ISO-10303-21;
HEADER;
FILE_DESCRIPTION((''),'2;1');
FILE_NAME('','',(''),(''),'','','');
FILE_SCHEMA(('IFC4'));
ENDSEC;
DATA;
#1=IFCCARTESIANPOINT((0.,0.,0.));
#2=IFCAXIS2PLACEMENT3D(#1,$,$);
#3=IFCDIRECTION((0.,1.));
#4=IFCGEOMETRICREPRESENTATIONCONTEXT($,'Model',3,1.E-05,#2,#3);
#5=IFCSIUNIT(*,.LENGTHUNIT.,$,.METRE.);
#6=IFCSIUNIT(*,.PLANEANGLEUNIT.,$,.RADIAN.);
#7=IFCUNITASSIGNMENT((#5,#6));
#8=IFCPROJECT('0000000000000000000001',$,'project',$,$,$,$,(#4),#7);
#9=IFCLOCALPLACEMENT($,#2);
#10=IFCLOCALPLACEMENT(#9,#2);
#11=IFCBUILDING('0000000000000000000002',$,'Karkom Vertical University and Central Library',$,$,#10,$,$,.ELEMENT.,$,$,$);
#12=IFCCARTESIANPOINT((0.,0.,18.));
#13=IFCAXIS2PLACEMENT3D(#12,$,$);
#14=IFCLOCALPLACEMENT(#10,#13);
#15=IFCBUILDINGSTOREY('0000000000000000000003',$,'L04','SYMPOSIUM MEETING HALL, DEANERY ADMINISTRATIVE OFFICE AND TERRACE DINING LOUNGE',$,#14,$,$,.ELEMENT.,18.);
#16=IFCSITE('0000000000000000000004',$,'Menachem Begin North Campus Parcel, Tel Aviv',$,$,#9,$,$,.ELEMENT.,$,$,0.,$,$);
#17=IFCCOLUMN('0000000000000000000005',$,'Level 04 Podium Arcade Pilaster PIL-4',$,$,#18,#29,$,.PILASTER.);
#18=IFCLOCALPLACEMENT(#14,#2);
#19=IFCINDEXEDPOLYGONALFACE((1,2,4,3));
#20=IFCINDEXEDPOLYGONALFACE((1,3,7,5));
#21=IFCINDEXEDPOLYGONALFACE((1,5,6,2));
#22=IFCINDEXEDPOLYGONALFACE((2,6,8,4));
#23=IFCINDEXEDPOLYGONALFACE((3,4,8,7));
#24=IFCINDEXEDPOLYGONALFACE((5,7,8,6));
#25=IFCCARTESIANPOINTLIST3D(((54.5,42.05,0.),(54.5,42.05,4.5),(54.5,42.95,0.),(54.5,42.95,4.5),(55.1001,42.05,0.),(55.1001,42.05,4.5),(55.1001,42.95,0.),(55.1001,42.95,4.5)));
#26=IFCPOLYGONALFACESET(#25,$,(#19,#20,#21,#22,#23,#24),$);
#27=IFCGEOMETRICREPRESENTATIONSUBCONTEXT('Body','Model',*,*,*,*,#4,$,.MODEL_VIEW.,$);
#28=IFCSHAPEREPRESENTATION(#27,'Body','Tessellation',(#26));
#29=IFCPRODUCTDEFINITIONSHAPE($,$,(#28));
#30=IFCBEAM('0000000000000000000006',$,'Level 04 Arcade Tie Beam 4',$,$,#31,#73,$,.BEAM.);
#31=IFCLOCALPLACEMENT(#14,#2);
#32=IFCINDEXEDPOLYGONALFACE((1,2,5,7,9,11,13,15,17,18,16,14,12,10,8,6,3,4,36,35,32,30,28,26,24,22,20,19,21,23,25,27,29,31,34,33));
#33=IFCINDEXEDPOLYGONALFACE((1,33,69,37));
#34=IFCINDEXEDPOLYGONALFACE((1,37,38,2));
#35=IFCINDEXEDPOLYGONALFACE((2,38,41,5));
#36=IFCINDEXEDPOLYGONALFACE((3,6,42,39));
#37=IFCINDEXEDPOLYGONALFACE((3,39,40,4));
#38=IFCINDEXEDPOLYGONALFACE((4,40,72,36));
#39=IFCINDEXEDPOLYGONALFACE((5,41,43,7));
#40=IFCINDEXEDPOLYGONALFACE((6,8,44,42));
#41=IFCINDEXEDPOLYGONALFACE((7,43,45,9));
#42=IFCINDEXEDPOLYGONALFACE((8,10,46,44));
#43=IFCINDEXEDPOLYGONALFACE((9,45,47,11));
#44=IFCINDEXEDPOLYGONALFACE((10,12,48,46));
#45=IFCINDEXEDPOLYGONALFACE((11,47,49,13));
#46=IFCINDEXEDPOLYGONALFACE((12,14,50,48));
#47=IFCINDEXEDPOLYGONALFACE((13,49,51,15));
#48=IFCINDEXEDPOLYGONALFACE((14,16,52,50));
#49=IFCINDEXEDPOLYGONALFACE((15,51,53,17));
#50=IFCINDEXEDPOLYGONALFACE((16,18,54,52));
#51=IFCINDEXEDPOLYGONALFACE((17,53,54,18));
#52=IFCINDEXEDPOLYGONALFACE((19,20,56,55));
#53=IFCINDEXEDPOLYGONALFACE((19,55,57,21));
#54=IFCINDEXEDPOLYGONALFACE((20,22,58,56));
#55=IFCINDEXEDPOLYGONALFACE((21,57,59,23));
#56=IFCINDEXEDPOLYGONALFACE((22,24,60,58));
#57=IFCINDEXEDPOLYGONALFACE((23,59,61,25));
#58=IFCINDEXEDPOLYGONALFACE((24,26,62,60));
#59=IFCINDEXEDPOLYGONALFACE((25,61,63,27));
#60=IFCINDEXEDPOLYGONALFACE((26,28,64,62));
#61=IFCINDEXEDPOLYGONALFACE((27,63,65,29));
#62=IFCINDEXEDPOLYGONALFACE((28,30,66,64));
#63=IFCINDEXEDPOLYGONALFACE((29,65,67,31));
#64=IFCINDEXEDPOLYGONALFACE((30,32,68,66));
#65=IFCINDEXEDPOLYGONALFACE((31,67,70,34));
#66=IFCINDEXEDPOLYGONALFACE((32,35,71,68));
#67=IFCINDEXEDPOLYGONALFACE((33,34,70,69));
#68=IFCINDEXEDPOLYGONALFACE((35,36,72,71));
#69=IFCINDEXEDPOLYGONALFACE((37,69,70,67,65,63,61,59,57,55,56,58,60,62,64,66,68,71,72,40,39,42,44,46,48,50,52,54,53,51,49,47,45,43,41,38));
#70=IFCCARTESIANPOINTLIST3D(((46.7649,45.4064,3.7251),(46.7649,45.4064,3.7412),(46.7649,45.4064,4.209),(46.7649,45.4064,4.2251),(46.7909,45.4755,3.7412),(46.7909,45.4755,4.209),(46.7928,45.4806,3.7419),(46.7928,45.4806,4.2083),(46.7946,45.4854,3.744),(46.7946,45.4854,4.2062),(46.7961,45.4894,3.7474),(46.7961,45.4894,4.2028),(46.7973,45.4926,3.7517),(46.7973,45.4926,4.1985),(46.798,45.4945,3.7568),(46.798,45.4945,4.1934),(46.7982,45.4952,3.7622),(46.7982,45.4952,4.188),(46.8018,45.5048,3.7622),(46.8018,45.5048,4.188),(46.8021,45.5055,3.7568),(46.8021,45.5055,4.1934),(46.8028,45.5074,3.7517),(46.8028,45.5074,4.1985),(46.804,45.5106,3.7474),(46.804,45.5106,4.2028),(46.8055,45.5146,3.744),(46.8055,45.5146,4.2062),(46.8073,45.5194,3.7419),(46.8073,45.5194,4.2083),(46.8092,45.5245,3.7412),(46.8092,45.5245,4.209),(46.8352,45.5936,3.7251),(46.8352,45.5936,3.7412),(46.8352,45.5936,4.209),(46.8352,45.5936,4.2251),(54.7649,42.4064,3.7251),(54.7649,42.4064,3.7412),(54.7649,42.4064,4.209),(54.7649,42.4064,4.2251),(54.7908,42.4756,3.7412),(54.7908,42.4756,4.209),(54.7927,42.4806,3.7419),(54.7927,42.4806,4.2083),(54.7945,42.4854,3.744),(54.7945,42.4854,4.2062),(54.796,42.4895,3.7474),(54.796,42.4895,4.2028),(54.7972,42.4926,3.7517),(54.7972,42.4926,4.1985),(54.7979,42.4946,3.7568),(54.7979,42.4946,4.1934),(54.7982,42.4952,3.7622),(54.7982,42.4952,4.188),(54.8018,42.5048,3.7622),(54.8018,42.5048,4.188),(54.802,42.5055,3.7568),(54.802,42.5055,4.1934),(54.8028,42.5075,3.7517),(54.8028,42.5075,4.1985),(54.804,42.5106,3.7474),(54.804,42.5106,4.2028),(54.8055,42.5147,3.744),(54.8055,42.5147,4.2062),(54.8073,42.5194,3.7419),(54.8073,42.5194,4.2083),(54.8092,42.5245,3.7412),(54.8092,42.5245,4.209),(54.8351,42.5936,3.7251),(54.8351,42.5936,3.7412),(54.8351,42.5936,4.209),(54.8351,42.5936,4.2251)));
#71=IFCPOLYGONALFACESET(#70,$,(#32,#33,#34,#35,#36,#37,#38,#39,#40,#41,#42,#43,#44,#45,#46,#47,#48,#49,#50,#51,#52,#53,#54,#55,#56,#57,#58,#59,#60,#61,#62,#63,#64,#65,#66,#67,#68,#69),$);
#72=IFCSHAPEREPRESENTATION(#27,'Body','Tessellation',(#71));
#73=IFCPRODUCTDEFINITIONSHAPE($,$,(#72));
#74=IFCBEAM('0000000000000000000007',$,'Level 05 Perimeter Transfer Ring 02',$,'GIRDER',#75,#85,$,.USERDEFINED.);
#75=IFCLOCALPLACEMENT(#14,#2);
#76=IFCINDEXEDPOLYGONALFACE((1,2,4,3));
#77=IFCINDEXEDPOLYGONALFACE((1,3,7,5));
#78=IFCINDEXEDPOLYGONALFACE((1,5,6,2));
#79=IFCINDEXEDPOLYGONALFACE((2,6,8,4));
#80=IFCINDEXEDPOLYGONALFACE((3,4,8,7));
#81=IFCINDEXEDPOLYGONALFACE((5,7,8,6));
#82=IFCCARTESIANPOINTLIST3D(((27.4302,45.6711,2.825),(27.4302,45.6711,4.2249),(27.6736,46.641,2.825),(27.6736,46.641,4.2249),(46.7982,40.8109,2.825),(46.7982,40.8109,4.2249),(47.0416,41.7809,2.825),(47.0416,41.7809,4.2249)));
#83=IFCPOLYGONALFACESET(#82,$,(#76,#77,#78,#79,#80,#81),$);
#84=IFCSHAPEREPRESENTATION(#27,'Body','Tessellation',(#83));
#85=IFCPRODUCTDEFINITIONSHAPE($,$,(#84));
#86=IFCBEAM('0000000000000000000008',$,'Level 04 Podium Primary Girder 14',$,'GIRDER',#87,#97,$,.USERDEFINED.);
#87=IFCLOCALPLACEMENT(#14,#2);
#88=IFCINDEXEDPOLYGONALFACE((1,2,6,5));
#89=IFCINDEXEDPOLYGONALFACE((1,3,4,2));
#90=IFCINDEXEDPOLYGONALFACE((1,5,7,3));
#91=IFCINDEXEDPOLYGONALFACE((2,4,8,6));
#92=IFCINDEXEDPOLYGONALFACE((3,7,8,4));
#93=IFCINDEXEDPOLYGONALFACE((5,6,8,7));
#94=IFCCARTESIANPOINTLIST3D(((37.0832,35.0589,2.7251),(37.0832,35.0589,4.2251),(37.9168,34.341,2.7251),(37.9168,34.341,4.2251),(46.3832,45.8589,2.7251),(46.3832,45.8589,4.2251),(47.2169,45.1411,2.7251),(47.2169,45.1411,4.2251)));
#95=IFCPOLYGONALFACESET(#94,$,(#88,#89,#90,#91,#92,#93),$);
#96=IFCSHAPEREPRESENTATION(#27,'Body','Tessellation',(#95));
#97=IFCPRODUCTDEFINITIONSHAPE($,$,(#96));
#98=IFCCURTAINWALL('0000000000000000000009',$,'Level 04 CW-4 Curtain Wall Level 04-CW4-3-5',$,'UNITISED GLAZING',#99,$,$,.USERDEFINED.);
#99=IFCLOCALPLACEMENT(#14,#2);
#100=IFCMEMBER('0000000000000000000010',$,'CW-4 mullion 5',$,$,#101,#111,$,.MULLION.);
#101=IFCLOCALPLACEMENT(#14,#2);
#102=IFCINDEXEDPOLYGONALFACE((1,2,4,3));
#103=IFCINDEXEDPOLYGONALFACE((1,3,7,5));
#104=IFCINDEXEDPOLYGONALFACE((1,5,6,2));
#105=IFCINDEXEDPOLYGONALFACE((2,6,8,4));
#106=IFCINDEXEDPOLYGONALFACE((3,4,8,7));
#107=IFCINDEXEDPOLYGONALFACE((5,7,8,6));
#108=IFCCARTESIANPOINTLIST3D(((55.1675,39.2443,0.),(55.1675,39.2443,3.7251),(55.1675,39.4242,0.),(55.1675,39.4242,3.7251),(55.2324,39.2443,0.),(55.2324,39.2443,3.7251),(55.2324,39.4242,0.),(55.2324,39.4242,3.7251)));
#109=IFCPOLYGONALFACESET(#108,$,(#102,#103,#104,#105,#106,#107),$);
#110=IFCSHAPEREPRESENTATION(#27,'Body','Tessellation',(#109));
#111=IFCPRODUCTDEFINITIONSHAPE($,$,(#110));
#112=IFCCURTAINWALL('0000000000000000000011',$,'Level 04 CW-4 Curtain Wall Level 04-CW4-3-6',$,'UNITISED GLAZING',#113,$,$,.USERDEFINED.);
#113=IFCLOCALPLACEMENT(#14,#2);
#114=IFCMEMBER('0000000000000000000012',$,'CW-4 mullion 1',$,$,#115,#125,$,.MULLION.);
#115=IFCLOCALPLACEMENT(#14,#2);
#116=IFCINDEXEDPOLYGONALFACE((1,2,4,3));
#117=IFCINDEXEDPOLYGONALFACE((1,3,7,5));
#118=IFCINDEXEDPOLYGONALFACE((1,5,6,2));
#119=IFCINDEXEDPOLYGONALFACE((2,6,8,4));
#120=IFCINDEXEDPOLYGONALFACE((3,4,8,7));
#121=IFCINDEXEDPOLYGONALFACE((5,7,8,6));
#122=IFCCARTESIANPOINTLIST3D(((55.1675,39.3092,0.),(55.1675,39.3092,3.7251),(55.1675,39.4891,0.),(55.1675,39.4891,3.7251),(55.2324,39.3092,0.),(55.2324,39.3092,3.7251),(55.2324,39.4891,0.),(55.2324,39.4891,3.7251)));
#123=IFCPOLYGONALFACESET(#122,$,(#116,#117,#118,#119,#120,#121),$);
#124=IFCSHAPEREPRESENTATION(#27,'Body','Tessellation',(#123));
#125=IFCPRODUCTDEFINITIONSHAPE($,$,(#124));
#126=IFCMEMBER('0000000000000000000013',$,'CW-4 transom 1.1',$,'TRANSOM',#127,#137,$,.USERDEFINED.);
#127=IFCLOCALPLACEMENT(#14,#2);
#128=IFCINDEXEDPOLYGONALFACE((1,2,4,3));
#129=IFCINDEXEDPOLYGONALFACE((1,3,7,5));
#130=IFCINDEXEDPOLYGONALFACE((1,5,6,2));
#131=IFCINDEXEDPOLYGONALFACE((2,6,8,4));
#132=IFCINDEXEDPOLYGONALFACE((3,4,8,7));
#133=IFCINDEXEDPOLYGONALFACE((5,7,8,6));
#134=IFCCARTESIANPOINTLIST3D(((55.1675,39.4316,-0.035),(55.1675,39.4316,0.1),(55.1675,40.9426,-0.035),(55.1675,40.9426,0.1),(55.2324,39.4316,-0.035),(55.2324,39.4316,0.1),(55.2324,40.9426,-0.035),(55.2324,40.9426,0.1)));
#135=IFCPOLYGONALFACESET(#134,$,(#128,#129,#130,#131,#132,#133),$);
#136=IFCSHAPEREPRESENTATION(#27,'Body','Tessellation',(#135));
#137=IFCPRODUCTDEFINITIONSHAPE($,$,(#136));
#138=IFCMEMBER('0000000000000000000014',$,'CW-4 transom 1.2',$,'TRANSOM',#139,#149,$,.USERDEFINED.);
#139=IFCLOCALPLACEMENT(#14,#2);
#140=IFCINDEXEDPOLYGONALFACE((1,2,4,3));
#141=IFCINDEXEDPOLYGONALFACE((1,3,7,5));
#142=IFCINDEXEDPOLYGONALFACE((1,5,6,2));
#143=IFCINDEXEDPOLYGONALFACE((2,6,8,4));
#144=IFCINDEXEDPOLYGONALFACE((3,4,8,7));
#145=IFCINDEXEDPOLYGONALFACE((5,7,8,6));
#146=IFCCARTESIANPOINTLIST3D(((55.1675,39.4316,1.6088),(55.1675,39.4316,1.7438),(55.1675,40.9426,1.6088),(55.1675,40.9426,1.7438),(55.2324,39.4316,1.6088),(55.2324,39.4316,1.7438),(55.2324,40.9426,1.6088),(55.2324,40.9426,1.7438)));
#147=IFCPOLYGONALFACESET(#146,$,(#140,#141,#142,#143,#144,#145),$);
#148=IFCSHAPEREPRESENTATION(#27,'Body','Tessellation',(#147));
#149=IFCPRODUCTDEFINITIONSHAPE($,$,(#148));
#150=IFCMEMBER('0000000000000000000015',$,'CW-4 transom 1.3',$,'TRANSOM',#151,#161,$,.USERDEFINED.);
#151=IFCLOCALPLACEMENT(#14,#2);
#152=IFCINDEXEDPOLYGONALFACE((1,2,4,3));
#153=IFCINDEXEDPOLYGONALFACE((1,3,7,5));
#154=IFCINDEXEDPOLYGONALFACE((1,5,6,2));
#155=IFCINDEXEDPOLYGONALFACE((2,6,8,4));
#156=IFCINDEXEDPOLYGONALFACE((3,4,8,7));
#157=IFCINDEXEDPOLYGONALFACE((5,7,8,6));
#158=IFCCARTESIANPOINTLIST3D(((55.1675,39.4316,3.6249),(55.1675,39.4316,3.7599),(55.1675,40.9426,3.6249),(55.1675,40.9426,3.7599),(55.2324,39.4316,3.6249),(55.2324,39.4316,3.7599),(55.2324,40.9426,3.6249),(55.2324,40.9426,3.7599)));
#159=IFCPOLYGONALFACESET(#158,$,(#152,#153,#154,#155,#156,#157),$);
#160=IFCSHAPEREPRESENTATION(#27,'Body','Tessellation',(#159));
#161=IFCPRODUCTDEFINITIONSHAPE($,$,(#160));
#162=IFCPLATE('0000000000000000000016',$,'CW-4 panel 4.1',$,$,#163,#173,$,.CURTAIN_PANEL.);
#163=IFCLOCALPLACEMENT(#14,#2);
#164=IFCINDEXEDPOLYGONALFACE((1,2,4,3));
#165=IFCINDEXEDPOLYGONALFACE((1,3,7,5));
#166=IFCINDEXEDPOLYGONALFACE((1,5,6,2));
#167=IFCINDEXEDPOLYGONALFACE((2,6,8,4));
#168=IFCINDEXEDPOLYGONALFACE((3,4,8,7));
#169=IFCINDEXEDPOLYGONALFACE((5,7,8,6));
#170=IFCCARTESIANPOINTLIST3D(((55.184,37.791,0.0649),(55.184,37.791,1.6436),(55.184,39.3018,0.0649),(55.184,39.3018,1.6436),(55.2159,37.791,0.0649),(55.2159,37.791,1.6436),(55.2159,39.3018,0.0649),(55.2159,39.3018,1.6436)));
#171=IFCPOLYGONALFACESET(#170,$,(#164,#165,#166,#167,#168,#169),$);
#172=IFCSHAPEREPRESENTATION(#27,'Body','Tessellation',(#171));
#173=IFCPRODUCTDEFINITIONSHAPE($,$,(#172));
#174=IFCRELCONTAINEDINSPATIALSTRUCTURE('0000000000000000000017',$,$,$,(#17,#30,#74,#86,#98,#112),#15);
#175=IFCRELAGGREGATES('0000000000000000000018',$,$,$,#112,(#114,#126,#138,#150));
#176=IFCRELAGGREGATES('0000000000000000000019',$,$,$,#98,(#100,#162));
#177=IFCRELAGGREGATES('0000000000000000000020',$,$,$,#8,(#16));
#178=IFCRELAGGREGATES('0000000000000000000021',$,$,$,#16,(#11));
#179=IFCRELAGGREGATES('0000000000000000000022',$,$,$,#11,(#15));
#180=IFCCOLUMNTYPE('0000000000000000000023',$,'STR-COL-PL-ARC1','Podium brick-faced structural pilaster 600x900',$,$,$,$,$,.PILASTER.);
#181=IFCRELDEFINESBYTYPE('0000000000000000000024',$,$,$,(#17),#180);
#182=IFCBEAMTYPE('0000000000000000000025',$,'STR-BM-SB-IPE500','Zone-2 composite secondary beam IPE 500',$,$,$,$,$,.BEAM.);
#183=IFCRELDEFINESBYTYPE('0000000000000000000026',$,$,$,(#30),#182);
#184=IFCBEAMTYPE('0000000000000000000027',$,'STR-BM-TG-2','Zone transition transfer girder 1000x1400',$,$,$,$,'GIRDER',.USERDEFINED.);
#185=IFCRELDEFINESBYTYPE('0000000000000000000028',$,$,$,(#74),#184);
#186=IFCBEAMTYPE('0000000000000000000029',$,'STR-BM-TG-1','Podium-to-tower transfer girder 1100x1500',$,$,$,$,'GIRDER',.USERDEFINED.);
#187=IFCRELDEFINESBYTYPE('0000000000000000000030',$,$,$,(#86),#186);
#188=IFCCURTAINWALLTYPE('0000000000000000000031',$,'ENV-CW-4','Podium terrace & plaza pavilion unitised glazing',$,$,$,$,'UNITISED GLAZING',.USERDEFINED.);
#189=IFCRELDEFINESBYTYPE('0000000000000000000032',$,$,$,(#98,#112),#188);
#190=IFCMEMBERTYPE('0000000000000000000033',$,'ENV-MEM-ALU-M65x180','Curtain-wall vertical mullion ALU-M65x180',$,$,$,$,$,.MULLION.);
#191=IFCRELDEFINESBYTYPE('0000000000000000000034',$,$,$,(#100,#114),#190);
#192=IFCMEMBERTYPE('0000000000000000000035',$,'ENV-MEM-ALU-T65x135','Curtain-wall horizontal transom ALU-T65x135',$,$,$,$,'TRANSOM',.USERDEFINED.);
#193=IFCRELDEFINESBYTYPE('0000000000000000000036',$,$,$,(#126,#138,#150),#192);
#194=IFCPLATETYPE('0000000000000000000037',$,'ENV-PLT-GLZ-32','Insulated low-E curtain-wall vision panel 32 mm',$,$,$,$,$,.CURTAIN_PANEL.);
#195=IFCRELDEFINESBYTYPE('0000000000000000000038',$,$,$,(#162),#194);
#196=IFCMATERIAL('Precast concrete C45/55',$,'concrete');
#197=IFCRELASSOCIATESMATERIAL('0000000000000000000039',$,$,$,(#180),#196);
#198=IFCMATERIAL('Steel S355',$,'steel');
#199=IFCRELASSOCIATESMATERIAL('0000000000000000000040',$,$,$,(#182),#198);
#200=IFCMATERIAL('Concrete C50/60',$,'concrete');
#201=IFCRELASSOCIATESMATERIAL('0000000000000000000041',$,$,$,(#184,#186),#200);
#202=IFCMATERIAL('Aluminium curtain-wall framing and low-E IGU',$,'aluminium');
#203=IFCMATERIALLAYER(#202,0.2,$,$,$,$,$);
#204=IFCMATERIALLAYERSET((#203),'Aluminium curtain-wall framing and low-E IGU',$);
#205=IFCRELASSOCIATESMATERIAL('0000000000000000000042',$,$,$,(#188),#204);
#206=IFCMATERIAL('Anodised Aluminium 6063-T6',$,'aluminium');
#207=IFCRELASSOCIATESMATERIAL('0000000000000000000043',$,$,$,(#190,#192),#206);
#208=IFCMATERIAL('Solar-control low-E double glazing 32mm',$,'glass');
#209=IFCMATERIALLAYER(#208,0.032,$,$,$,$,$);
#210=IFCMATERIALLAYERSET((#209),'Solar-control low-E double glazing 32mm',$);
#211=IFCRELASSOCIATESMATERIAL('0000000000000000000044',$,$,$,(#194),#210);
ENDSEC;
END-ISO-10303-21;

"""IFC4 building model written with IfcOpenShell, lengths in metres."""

from ifc_helpers import new_model, si_unit, direction, frame, origin, origin_with_axes, origin_2d, place, context, subcontext, project, spatial, rectangle, i_section, extrude, source, transform, mapped, material, layer, layer_set, material_profile, profile_set, type_object, element, aggregate, save


model = new_model("IFC4")

# Units and contexts
model_context = context("Model", 3, precision=1e-05, world=origin(), true_north=direction((0.0, 1.0)))
body_context = subcontext(model_context, "Body", "Model", "MODEL_VIEW")
ifc_project = project(units=[si_unit("LENGTHUNIT", "METRE"), si_unit("PLANEANGLEUNIT", "RADIAN")], contexts=[model_context])

# Site, building, storey
site_placement = place(None, origin())
site = spatial("IfcSite", under=ifc_project, at=site_placement, Name="Menachem Begin North Campus Parcel, Tel Aviv", CompositionType="ELEMENT", RefElevation=0.0)
building_placement = place(site_placement, origin())
building = spatial("IfcBuilding", under=site, at=building_placement, Name="Karkom Vertical University and Central Library", CompositionType="ELEMENT")
storey_placement = place(building_placement, frame((0.0, 0.0, 18.0)))
storey = spatial("IfcBuildingStorey", under=building, at=storey_placement, Name="L04", Description="SYMPOSIUM MEETING HALL, DEANERY ADMINISTRATIVE OFFICE AND TERRACE DINING LOUNGE", CompositionType="ELEMENT", Elevation=18.0)

# Column
ifc_material_1 = material(Name="Precast concrete C45/55", Category="concrete")
ifc_material_profile_1 = material_profile(ifc_material_1, rectangle(XDim=0.6001, YDim=0.8999, at=origin_2d()), Name="PIL-600x900")
ifc_profile_set_1 = profile_set([ifc_material_profile_1], Name="Precast concrete C45/55")
column_type = type_object("IfcColumnType", Name="STR-COL-PL-ARC1", Description="Podium brick-faced structural pilaster 600x900", PredefinedType="PILASTER", material=ifc_profile_set_1)
shared_shape_1 = source(origin_with_axes(), body_context, "Body", "SweptSolid", [
    extrude(rectangle(XDim=0.6001, YDim=0.8999, at=origin_2d()), origin(), (0.0, 0.0, 1.0), 4.5),
])
column_placement = place(storey_placement, frame((54.8, 42.5, 0.0), z_axis=(0.0, 0.0, 1.0), x_axis=(1.0, 0.0, 0.0)))
element("IfcColumn", 1, at=column_placement, inside=storey, type_object=column_type, Name="Level 04 Podium Arcade Pilaster PIL-4", PredefinedType="PILASTER", context=body_context, shape_type="MappedRepresentation", body=[
    mapped(shared_shape_1, transform((0.0, 0.0, 0.0), scale=1.0)),
])

# Beams
ifc_material_2 = material(Name="Steel S355", Category="steel")
ifc_material_profile_2 = material_profile(ifc_material_2, i_section(OverallWidth=0.2, OverallDepth=0.5, WebThickness=0.0103, FlangeThickness=0.0161, FilletRadius=0.021, at=origin_2d()), Name="IPE 500")
ifc_profile_set_2 = profile_set([ifc_material_profile_2], Name="Steel S355")
beam_type_1 = type_object("IfcBeamType", Name="STR-BM-SB-IPE500", Description="Zone-2 composite secondary beam IPE 500", PredefinedType="BEAM", material=ifc_profile_set_2)
shared_shape_2 = source(origin_with_axes(), body_context, "Body", "SweptSolid", [
    extrude(i_section(OverallWidth=0.2, OverallDepth=0.5, WebThickness=0.0103, FlangeThickness=0.0161, FilletRadius=0.021, at=origin_2d()), origin(), (0.0, 0.0, 1.0), 8.5439),
])
beam_1_placement = place(storey_placement, frame((46.8, 45.5, 3.9751), z_axis=(0.936329, -0.351123, 0.0), x_axis=(0.351123, 0.936329, 0.0)))
element("IfcBeam", 2, at=beam_1_placement, inside=storey, type_object=beam_type_1, Name="Level 04 Arcade Tie Beam 4", PredefinedType="BEAM", context=body_context, shape_type="MappedRepresentation", body=[
    mapped(shared_shape_2, transform((0.0, 0.0, 0.0), scale=1.0)),
])
ifc_material_3 = material(Name="Concrete C50/60", Category="concrete")
ifc_material_profile_3 = material_profile(ifc_material_3, rectangle(XDim=1.0, YDim=1.3999, at=origin_2d()), Name="TG-1000x1400")
ifc_profile_set_3 = profile_set([ifc_material_profile_3], Name="Concrete C50/60")
beam_type_2 = type_object("IfcBeamType", Name="STR-BM-TG-2", Description="Zone transition transfer girder 1000x1400", ElementType="GIRDER", PredefinedType="USERDEFINED", material=ifc_profile_set_3)
shared_shape_3 = source(origin_with_axes(), body_context, "Body", "SweptSolid", [
    extrude(rectangle(XDim=1.0, YDim=1.3999, at=origin_2d()), origin(), (0.0, 0.0, 1.0), 19.9685),
])
beam_2_placement = place(storey_placement, frame((46.9199, 41.2959, 3.5249), z_axis=(-0.969929, 0.24339, 0.0), x_axis=(-0.24339, -0.969929, 0.0)))
element("IfcBeam", 3, at=beam_2_placement, inside=storey, type_object=beam_type_2, Name="Level 05 Perimeter Transfer Ring 02", ObjectType="GIRDER", PredefinedType="USERDEFINED", context=body_context, shape_type="MappedRepresentation", body=[
    mapped(shared_shape_3, transform((0.0, 0.0, 0.0), scale=1.0)),
])
ifc_material_profile_4 = material_profile(ifc_material_3, rectangle(XDim=1.1001, YDim=1.5, at=origin_2d()), Name="TG-1100x1500")
ifc_profile_set_4 = profile_set([ifc_material_profile_4], Name="Concrete C50/60")
beam_type_3 = type_object("IfcBeamType", Name="STR-BM-TG-1", Description="Podium-to-tower transfer girder 1100x1500", ElementType="GIRDER", PredefinedType="USERDEFINED", material=ifc_profile_set_4)
shared_shape_4 = source(origin_with_axes(), body_context, "Body", "SweptSolid", [
    extrude(rectangle(XDim=1.1001, YDim=1.5, at=origin_2d()), origin(), (0.0, 0.0, 1.0), 14.2524),
])
beam_3_placement = place(storey_placement, frame((46.8, 45.5, 3.4751), z_axis=(-0.652523, -0.757769, 0.0), x_axis=(0.757769, -0.652523, 0.0)))
element("IfcBeam", 4, at=beam_3_placement, inside=storey, type_object=beam_type_3, Name="Level 04 Podium Primary Girder 14", ObjectType="GIRDER", PredefinedType="USERDEFINED", context=body_context, shape_type="MappedRepresentation", body=[
    mapped(shared_shape_4, transform((0.0, 0.0, 0.0), scale=1.0)),
])

# Curtain wall, member
ifc_material_4 = material(Name="Aluminium curtain-wall framing and low-E IGU", Category="aluminium")
ifc_layer_1 = layer(ifc_material_4, 0.2)
ifc_layer_set_1 = layer_set([ifc_layer_1], Name="Aluminium curtain-wall framing and low-E IGU")
curtain_wall_type = type_object("IfcCurtainWallType", Name="ENV-CW-4", Description="Podium terrace & plaza pavilion unitised glazing", ElementType="UNITISED GLAZING", PredefinedType="USERDEFINED", material=ifc_layer_set_1)
curtain_wall_1_placement = place(storey_placement, origin())
curtain_wall_1 = element("IfcCurtainWall", 5, at=curtain_wall_1_placement, inside=storey, type_object=curtain_wall_type, Name="Level 04 CW-4 Curtain Wall Level 04-CW4-3-5", ObjectType="UNITISED GLAZING", PredefinedType="USERDEFINED")
ifc_material_5 = material(Name="Anodised Aluminium 6063-T6", Category="aluminium")
ifc_material_profile_5 = material_profile(ifc_material_5, rectangle(XDim=0.0649, YDim=0.1799, at=origin_2d()), Name="ALU-M65x180")
ifc_profile_set_5 = profile_set([ifc_material_profile_5], Name="Anodised Aluminium 6063-T6")
member_type_1 = type_object("IfcMemberType", Name="ENV-MEM-ALU-M65x180", Description="Curtain-wall vertical mullion ALU-M65x180", PredefinedType="MULLION", material=ifc_profile_set_5)
shared_shape_5 = source(origin_with_axes(), body_context, "Body", "SweptSolid", [
    extrude(rectangle(XDim=0.0649, YDim=0.1799, at=origin_2d()), origin(), (0.0, 0.0, 1.0), 3.7251),
])
member_1_placement = place(storey_placement, frame((55.2, 39.3342, 0.0), z_axis=(0.0, 0.0, 1.0), x_axis=(-1.0, 0.0, 0.0)))
member_1 = element("IfcMember", 6, at=member_1_placement, type_object=member_type_1, Name="CW-4 mullion 5", PredefinedType="MULLION", context=body_context, shape_type="MappedRepresentation", body=[
    mapped(shared_shape_5, transform((0.0, 0.0, 0.0), scale=1.0)),
])

# Curtain wall, members
curtain_wall_2_placement = place(storey_placement, origin())
curtain_wall_2 = element("IfcCurtainWall", 7, at=curtain_wall_2_placement, inside=storey, type_object=curtain_wall_type, Name="Level 04 CW-4 Curtain Wall Level 04-CW4-3-6", ObjectType="UNITISED GLAZING", PredefinedType="USERDEFINED")
member_2_placement = place(storey_placement, frame((55.2, 39.3992, 0.0), z_axis=(0.0, 0.0, 1.0), x_axis=(-1.0, 0.0, 0.0)))
member_2 = element("IfcMember", 8, at=member_2_placement, type_object=member_type_1, Name="CW-4 mullion 1", PredefinedType="MULLION", context=body_context, shape_type="MappedRepresentation", body=[
    mapped(shared_shape_5, transform((0.0, 0.0, 0.0), scale=1.0)),
])
ifc_material_profile_6 = material_profile(ifc_material_5, rectangle(XDim=0.0649, YDim=0.135, at=origin_2d()), Name="ALU-T65x135")
ifc_profile_set_6 = profile_set([ifc_material_profile_6], Name="Anodised Aluminium 6063-T6")
member_type_2 = type_object("IfcMemberType", Name="ENV-MEM-ALU-T65x135", Description="Curtain-wall horizontal transom ALU-T65x135", ElementType="TRANSOM", PredefinedType="USERDEFINED", material=ifc_profile_set_6)
shared_shape_6 = source(origin_with_axes(), body_context, "Body", "SweptSolid", [
    extrude(rectangle(XDim=0.0649, YDim=0.135, at=origin_2d()), origin(), (0.0, 0.0, 1.0), 1.511),
])
member_3_placement = place(storey_placement, frame((55.2, 39.4316, 0.0325), z_axis=(0.0, 1.0, 0.0), x_axis=(-1.0, 0.0, 0.0)))
member_3 = element("IfcMember", 9, at=member_3_placement, type_object=member_type_2, Name="CW-4 transom 1.1", ObjectType="TRANSOM", PredefinedType="USERDEFINED", context=body_context, shape_type="MappedRepresentation", body=[
    mapped(shared_shape_6, transform((0.0, 0.0, 0.0), scale=1.0)),
])
member_4_placement = place(storey_placement, frame((55.2, 39.4316, 1.6763), z_axis=(0.0, 1.0, 0.0), x_axis=(-1.0, 0.0, 0.0)))
member_4 = element("IfcMember", 10, at=member_4_placement, type_object=member_type_2, Name="CW-4 transom 1.2", ObjectType="TRANSOM", PredefinedType="USERDEFINED", context=body_context, shape_type="MappedRepresentation", body=[
    mapped(shared_shape_6, transform((0.0, 0.0, 0.0), scale=1.0)),
])
member_5_placement = place(storey_placement, frame((55.2, 39.4316, 3.6924), z_axis=(0.0, 1.0, 0.0), x_axis=(-1.0, 0.0, 0.0)))
member_5 = element("IfcMember", 11, at=member_5_placement, type_object=member_type_2, Name="CW-4 transom 1.3", ObjectType="TRANSOM", PredefinedType="USERDEFINED", context=body_context, shape_type="MappedRepresentation", body=[
    mapped(shared_shape_6, transform((0.0, 0.0, 0.0), scale=1.0)),
])
aggregate(curtain_wall_2, [member_2, member_3, member_4, member_5])

# Plate
ifc_material_6 = material(Name="Solar-control low-E double glazing 32mm", Category="glass")
ifc_layer_2 = layer(ifc_material_6, 0.032)
ifc_layer_set_2 = layer_set([ifc_layer_2], Name="Solar-control low-E double glazing 32mm")
plate_type = type_object("IfcPlateType", Name="ENV-PLT-GLZ-32", Description="Insulated low-E curtain-wall vision panel 32 mm", PredefinedType="CURTAIN_PANEL", material=ifc_layer_set_2)
shared_shape_7 = source(origin_with_axes(), body_context, "Body", "SweptSolid", [
    extrude(rectangle(XDim=1.5107, YDim=0.032, at=origin_2d()), origin(), (0.0, 0.0, 1.0), 1.5786),
])
plate_1_placement = place(storey_placement, frame((55.2, 38.5464, 0.0649), z_axis=(0.0, 0.0, 1.0), x_axis=(0.0, 1.0, 0.0)))
plate_1 = element("IfcPlate", 12, at=plate_1_placement, type_object=plate_type, Name="CW-4 panel 4.1", PredefinedType="CURTAIN_PANEL", context=body_context, shape_type="MappedRepresentation", body=[
    mapped(shared_shape_7, transform((0.0, 0.0, 0.0), scale=1.0)),
])
aggregate(curtain_wall_1, [member_1, plate_1])

save(model, "model.ifc")
